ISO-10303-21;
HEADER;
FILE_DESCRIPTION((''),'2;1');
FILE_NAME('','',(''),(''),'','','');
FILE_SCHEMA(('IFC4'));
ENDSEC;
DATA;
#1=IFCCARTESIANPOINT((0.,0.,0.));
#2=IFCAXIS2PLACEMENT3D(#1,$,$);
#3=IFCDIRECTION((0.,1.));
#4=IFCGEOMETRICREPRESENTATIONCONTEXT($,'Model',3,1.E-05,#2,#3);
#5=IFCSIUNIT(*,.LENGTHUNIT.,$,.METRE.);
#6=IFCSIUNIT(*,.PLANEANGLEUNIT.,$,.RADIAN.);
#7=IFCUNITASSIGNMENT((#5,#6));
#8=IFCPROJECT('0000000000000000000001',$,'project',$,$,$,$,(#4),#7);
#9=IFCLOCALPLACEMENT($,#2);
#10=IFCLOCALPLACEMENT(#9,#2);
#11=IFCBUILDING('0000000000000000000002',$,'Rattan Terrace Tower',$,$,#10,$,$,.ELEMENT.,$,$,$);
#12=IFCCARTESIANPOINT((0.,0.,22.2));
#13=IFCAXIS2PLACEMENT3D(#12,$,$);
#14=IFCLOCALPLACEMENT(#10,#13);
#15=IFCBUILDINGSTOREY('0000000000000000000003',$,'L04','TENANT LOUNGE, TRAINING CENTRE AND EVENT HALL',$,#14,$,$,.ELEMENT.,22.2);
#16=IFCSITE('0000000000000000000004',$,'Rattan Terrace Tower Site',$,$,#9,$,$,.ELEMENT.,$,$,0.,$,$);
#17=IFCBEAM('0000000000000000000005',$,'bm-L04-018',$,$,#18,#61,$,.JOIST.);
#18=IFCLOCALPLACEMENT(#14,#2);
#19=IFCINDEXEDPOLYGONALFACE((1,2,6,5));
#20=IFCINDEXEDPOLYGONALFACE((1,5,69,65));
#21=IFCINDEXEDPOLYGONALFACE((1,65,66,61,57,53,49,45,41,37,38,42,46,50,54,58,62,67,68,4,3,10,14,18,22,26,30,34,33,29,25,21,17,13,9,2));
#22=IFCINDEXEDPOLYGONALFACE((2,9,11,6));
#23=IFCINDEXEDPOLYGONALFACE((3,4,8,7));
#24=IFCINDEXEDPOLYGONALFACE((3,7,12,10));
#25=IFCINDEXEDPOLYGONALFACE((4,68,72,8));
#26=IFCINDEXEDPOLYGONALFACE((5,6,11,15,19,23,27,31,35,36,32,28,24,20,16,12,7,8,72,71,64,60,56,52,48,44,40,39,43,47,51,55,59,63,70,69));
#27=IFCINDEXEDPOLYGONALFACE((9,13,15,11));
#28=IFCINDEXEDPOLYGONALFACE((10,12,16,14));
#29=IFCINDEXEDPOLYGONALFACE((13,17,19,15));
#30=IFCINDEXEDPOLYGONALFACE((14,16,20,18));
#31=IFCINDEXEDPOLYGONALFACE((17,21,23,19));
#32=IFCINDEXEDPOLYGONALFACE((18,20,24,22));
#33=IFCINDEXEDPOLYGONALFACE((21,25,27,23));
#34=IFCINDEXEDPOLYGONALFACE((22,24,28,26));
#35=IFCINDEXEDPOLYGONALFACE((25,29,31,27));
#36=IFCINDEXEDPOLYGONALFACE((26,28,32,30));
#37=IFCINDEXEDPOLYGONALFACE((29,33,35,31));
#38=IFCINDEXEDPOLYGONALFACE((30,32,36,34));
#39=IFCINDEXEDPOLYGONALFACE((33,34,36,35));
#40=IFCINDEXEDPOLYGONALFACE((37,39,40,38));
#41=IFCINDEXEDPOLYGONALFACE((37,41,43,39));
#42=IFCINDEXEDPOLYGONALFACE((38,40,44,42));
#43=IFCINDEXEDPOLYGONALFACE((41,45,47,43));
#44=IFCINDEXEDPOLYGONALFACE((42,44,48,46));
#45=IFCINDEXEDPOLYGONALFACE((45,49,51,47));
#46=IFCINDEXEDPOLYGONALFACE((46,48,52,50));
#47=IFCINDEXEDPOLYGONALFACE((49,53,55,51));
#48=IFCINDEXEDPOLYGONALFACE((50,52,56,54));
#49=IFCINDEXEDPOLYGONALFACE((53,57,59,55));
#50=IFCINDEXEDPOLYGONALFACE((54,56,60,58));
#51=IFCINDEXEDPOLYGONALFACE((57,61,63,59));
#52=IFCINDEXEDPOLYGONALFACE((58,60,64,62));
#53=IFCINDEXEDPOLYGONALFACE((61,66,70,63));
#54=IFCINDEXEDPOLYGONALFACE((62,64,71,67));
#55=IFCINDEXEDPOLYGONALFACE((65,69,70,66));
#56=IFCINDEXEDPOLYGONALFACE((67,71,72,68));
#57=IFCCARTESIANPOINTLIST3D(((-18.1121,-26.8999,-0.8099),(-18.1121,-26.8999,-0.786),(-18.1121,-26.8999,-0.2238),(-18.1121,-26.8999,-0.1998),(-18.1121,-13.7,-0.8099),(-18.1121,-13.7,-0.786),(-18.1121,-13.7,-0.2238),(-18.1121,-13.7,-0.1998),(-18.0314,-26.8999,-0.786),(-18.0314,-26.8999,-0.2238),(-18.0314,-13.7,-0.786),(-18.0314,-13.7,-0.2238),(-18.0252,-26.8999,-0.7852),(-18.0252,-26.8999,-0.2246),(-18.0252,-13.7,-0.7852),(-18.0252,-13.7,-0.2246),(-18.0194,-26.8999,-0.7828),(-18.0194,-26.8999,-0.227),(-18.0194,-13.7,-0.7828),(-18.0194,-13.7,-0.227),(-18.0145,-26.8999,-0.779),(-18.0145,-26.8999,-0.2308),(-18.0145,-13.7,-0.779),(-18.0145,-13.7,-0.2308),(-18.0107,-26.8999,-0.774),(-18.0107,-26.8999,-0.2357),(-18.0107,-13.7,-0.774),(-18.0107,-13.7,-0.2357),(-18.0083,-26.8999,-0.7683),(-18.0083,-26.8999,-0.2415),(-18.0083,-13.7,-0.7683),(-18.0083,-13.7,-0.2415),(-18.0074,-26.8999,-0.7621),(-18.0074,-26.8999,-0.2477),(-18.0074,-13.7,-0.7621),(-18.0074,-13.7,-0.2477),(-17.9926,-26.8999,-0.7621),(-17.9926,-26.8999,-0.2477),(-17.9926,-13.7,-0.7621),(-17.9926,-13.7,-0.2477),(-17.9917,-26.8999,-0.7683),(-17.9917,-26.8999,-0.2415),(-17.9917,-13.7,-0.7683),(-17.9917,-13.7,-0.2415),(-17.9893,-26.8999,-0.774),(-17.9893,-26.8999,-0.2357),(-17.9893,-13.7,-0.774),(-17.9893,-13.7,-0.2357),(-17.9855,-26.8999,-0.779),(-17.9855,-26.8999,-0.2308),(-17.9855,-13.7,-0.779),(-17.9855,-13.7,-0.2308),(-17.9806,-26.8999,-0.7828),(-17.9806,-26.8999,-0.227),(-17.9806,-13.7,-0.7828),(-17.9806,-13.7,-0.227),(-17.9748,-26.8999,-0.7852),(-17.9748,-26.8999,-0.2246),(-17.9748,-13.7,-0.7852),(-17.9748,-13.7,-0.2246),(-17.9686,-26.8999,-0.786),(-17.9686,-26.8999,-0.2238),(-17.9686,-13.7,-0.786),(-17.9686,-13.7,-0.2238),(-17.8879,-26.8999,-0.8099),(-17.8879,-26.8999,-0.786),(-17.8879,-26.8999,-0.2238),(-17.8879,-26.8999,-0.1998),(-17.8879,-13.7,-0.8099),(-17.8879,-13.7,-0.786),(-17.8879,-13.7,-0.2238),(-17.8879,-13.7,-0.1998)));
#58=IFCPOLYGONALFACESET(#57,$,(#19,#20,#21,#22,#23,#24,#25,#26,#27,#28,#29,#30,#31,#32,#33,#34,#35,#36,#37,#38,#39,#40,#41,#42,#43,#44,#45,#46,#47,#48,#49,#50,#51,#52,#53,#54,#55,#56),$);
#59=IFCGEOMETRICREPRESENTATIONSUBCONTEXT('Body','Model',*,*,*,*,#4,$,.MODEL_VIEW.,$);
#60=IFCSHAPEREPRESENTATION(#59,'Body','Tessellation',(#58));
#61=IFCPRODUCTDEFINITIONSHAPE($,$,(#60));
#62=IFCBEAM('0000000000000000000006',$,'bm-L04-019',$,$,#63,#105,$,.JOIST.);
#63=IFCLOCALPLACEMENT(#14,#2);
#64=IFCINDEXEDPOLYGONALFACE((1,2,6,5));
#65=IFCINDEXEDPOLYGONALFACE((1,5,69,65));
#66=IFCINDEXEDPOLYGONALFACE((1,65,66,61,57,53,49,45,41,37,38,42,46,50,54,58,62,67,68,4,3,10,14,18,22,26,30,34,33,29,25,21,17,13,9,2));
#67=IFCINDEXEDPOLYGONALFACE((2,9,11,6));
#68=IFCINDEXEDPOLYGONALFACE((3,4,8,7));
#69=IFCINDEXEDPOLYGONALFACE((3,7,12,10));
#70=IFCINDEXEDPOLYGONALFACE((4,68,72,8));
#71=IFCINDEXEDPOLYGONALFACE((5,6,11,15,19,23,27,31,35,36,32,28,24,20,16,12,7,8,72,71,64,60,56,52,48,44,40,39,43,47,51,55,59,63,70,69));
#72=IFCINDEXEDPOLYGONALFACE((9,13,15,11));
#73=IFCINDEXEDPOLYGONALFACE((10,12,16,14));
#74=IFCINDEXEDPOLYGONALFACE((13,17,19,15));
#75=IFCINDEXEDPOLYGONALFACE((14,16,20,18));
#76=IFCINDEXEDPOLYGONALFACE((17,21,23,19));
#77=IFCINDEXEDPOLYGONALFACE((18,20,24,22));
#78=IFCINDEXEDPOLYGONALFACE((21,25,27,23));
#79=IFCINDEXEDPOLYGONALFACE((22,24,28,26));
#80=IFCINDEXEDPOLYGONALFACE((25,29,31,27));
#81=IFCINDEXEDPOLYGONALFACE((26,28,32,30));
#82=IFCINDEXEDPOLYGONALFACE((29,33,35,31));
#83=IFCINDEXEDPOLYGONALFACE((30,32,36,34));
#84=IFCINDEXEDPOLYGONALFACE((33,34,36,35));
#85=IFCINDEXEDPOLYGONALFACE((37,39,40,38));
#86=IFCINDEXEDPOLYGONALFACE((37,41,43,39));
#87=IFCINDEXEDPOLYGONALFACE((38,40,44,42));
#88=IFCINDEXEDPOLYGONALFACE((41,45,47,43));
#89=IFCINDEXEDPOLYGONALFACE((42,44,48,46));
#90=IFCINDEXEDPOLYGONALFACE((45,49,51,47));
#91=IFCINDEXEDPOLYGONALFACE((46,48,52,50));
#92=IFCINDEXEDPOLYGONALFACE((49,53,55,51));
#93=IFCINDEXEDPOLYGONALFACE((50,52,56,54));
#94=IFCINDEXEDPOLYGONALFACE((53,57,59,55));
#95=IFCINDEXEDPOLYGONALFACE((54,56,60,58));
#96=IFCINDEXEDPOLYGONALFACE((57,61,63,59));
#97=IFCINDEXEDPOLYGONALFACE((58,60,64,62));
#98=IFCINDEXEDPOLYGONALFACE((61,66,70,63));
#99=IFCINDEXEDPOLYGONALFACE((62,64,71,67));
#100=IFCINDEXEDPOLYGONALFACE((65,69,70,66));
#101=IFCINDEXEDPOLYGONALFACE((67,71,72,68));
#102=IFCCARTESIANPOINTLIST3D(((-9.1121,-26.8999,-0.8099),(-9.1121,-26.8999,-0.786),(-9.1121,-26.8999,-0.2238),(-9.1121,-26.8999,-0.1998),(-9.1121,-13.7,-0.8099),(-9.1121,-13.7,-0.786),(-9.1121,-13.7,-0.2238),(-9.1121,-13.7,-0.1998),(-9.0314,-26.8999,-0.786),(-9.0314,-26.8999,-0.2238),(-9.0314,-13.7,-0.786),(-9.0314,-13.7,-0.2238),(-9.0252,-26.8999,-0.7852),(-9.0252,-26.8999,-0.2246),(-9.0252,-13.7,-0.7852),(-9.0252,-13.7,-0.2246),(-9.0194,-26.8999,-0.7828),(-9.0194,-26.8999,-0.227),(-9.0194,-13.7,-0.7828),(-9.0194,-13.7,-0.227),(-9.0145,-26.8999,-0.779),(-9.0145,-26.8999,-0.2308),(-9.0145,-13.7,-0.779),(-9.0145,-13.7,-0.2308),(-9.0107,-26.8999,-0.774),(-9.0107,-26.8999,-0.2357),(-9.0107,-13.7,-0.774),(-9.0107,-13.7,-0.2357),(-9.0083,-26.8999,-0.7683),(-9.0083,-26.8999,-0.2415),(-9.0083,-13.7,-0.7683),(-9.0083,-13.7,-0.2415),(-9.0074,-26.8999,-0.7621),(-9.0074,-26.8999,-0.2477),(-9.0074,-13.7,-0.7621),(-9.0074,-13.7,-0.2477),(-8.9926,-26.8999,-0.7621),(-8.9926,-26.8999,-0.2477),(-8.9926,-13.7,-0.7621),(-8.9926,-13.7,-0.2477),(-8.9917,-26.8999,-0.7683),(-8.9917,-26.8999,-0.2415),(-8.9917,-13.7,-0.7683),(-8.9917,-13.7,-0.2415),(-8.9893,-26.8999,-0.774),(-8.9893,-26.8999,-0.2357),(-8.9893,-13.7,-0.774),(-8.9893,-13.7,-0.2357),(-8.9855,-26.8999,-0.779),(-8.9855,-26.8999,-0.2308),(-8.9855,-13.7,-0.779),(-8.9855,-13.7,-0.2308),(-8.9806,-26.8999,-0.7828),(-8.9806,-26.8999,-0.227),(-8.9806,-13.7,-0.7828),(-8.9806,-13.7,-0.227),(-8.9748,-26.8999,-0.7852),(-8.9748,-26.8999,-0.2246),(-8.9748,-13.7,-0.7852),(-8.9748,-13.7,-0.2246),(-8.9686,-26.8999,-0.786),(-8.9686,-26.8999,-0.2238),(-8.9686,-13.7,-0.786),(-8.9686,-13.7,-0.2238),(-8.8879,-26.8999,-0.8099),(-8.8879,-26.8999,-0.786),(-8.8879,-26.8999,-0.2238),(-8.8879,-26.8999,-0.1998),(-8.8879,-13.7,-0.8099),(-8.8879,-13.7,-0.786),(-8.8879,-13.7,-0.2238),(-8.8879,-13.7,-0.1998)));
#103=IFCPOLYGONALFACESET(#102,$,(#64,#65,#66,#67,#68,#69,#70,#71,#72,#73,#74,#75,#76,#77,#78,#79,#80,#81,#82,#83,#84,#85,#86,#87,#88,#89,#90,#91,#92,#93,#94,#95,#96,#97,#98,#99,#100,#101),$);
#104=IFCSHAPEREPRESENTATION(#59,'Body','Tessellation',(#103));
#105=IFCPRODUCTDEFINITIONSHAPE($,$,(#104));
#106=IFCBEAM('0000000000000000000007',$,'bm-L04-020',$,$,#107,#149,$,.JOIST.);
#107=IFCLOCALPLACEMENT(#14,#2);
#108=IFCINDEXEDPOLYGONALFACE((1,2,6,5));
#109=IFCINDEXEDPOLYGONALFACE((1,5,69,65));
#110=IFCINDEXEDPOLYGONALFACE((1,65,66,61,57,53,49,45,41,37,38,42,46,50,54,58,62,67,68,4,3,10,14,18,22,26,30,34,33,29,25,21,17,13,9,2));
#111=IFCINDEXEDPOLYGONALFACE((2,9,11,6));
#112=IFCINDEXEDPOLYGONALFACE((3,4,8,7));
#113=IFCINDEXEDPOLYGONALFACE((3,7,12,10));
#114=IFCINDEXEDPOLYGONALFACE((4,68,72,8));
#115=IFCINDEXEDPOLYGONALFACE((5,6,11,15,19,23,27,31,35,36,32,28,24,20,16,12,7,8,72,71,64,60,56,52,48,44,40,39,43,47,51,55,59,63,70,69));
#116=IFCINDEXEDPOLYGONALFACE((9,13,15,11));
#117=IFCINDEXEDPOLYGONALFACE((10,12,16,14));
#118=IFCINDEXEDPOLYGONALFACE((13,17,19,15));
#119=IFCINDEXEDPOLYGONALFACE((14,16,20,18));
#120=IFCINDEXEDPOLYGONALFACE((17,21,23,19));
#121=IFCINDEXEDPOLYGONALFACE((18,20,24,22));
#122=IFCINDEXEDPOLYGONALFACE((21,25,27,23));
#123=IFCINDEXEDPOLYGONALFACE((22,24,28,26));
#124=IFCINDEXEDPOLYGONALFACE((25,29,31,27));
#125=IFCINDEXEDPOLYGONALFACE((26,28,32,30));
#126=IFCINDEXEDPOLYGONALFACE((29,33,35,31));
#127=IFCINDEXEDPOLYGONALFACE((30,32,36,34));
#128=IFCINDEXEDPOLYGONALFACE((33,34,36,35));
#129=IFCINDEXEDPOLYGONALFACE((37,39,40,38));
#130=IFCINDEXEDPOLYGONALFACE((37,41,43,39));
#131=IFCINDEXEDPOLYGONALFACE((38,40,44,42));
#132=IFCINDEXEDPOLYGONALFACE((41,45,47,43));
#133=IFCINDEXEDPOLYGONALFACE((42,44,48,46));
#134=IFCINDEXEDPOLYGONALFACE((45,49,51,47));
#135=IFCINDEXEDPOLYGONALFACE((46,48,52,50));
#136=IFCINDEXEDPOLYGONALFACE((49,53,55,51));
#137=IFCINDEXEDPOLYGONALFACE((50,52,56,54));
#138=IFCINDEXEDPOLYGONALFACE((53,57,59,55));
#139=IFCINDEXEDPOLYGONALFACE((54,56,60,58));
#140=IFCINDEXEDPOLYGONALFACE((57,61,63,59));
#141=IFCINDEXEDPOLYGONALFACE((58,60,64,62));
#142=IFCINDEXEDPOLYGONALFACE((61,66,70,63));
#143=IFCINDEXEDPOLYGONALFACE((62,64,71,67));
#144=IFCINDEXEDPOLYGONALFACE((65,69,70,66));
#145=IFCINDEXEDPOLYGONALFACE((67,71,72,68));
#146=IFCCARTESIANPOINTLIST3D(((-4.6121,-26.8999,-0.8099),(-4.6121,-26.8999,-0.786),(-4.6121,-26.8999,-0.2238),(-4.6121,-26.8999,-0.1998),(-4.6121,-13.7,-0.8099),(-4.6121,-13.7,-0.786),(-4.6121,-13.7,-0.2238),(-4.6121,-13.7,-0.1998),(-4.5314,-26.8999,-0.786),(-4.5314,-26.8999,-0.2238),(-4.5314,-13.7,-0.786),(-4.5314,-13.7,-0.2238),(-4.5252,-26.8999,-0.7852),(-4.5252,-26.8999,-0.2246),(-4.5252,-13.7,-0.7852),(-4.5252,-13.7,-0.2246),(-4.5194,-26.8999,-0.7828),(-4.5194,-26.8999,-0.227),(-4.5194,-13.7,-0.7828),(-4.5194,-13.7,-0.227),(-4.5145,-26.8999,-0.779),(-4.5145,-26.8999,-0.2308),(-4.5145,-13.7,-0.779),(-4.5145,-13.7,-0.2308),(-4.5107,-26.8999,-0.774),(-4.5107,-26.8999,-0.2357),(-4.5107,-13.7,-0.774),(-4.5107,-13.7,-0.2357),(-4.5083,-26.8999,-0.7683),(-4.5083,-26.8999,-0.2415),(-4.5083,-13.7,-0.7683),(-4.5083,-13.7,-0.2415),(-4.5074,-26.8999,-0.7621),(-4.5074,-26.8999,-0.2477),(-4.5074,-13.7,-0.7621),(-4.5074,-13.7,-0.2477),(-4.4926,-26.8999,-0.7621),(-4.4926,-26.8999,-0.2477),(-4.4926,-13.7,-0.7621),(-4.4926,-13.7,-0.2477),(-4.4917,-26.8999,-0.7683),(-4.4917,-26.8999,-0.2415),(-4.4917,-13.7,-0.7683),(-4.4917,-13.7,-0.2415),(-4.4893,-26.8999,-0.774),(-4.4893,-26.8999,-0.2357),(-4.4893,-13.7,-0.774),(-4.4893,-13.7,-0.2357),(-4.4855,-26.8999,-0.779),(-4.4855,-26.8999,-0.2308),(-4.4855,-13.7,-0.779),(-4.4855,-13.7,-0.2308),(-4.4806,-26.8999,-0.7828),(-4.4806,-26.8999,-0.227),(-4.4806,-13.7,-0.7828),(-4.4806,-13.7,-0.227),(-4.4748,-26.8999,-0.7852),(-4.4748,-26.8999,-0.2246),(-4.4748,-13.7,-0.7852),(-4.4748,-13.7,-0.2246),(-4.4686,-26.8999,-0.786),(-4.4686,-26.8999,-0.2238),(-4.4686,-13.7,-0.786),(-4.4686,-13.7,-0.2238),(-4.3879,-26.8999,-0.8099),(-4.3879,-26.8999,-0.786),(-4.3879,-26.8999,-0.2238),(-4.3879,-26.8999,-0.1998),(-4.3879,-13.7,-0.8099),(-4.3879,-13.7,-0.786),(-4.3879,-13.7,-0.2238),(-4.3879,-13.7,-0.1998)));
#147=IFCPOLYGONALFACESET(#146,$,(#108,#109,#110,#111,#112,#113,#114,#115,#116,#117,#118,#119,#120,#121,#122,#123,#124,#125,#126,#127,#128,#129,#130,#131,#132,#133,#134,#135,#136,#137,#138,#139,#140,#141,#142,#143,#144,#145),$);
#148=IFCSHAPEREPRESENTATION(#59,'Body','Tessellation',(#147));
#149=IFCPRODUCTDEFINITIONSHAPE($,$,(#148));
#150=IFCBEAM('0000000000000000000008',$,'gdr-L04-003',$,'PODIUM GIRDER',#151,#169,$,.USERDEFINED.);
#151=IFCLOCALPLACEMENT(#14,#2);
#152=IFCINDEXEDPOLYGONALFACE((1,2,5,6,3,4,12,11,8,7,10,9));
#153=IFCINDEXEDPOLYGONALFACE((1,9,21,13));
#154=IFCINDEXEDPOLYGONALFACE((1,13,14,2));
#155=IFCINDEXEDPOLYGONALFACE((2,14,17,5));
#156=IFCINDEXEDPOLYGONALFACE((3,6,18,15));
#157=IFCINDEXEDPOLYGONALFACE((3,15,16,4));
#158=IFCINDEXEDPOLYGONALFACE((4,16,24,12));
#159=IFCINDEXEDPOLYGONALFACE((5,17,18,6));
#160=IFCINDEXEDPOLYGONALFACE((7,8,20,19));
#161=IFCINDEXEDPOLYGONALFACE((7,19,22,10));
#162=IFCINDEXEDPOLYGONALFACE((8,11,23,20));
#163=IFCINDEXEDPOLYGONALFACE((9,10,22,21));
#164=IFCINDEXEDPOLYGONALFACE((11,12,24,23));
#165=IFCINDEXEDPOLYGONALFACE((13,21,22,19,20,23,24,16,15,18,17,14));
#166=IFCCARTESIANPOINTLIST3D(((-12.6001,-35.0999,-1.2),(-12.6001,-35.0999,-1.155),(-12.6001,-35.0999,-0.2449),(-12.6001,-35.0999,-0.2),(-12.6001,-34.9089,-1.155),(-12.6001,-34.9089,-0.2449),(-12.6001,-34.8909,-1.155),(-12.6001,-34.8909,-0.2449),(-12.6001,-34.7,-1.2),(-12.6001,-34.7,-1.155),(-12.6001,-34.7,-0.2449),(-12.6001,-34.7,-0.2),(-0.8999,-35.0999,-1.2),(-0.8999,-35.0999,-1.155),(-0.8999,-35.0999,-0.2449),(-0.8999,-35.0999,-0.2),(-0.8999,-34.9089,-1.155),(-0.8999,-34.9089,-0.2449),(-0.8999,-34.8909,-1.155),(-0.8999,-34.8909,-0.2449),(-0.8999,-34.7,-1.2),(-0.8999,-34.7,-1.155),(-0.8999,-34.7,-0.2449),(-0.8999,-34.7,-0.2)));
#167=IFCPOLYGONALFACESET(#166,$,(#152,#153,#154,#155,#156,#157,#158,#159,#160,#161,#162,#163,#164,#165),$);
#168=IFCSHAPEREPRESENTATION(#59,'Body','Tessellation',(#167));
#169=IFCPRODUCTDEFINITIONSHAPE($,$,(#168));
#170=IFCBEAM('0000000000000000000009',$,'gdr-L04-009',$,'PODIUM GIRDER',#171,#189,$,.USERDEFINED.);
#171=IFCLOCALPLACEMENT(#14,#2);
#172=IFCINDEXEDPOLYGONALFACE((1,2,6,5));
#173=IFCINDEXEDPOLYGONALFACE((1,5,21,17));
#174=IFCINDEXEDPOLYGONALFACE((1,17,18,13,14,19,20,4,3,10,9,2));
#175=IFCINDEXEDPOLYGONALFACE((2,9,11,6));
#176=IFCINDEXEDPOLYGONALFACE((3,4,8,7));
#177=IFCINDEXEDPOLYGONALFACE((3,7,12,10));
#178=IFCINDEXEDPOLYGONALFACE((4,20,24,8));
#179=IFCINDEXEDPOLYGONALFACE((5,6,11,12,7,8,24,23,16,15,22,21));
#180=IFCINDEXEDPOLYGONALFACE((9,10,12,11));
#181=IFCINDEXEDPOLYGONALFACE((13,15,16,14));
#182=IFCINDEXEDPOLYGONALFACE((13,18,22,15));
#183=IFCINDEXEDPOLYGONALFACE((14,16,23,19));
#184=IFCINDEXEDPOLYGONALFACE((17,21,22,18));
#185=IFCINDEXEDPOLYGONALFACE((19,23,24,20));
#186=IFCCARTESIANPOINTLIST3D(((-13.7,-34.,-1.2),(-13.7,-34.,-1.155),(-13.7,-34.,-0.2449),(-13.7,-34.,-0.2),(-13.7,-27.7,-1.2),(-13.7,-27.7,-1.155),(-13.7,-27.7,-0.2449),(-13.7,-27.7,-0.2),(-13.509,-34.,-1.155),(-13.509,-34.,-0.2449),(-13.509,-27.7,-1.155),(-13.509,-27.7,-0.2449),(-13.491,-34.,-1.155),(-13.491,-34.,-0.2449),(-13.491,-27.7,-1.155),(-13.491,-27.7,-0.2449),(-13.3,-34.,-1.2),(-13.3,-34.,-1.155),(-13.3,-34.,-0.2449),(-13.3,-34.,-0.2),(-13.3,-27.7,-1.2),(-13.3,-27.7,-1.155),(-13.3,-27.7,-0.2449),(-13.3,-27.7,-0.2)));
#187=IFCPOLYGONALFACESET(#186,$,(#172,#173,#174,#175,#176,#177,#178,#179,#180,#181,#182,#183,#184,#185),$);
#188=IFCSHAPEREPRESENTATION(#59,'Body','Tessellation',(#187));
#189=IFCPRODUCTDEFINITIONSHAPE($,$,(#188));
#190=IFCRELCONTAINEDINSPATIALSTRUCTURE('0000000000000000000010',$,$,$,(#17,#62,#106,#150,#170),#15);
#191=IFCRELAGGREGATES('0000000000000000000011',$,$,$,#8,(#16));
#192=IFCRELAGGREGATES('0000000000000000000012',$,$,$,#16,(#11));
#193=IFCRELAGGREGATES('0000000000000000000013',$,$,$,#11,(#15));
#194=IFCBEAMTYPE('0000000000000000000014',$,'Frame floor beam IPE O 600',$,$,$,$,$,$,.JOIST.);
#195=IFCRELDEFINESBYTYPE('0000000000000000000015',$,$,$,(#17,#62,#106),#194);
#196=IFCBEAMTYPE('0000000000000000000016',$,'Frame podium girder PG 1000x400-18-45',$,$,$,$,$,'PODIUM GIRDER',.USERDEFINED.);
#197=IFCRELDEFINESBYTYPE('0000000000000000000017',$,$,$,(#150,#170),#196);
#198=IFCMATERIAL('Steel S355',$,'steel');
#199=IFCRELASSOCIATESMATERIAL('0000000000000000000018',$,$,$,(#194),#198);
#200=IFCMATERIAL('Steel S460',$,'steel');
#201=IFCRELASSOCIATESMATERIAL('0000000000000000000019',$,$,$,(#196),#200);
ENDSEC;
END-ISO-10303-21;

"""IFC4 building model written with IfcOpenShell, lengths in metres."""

from ifc_helpers import new_model, si_unit, direction, frame, origin, origin_2d, place, context, subcontext, project, spatial, i_section, extrude, material, material_profile, profile_set, type_object, element, save


model = new_model("IFC4")

# Units and contexts
model_context = context("Model", 3, precision=1e-05, world=origin(), true_north=direction((0.0, 1.0)))
body_context = subcontext(model_context, "Body", "Model", "MODEL_VIEW")
ifc_project = project(units=[si_unit("LENGTHUNIT", "METRE"), si_unit("PLANEANGLEUNIT", "RADIAN")], contexts=[model_context])

# Site, building, storey
site_placement = place(None, origin())
site = spatial("IfcSite", under=ifc_project, at=site_placement, Name="Rattan Terrace Tower Site", CompositionType="ELEMENT", RefElevation=0.0)
building_placement = place(site_placement, origin())
building = spatial("IfcBuilding", under=site, at=building_placement, Name="Rattan Terrace Tower", CompositionType="ELEMENT")
storey_placement = place(building_placement, frame((0.0, 0.0, 22.2)))
storey = spatial("IfcBuildingStorey", under=building, at=storey_placement, Name="L04", Description="TENANT LOUNGE, TRAINING CENTRE AND EVENT HALL", CompositionType="ELEMENT", Elevation=22.2)

# Beams
ifc_material_1 = material(Name="Steel S355", Category="steel")
ifc_material_profile_1 = material_profile(ifc_material_1, i_section(OverallWidth=0.2241, OverallDepth=0.6101, WebThickness=0.0149, FlangeThickness=0.0239, FilletRadius=0.0239, at=origin_2d()), Name="IPE O 600")
ifc_profile_set_1 = profile_set([ifc_material_profile_1], Name="Steel S355")
beam_type_1 = type_object("IfcBeamType", Name="Frame floor beam IPE O 600", PredefinedType="JOIST", material=ifc_profile_set_1)
for number, where, z_axis, x_axis, name in (
    (1, (-18.0, -26.8999, -0.5049), (0.0, 1.0, 0.0), (-1.0, 0.0, 0.0), "bm-L04-018"),
    (2, (-9.0, -26.8999, -0.5049), (0.0, 1.0, 0.0), (-1.0, 0.0, 0.0), "bm-L04-019"),
    (3, (-4.5, -26.8999, -0.5049), (0.0, 1.0, 0.0), (-1.0, 0.0, 0.0), "bm-L04-020"),
):
    element("IfcBeam", number, at=place(storey_placement, frame(where, z_axis=z_axis, x_axis=x_axis)), inside=storey, type_object=beam_type_1, Name=name, PredefinedType="JOIST", context=body_context, shape_type="SweptSolid", body=[
        extrude(i_section(OverallWidth=0.2241, OverallDepth=0.6101, WebThickness=0.0149, FlangeThickness=0.0239, FilletRadius=0.0239, at=origin_2d()), origin(), (0.0, 0.0, 1.0), 13.2),
    ])
ifc_material_2 = material(Name="Steel S460", Category="steel")
ifc_material_profile_2 = material_profile(ifc_material_2, i_section(OverallWidth=0.3999, OverallDepth=1.0, WebThickness=0.0181, FlangeThickness=0.0449, at=origin_2d()), Name="PG 1000x400-18-45")
ifc_profile_set_2 = profile_set([ifc_material_profile_2], Name="Steel S460")
beam_type_2 = type_object("IfcBeamType", Name="Frame podium girder PG 1000x400-18-45", ElementType="PODIUM GIRDER", PredefinedType="USERDEFINED", material=ifc_profile_set_2)
beam_1_placement = place(storey_placement, frame((-12.6001, -34.8999, -0.7), z_axis=(1.0, 0.0, 0.0), x_axis=(0.0, 1.0, 0.0)))
element("IfcBeam", 4, at=beam_1_placement, inside=storey, type_object=beam_type_2, Name="gdr-L04-003", ObjectType="PODIUM GIRDER", PredefinedType="USERDEFINED", context=body_context, shape_type="SweptSolid", body=[
    extrude(i_section(OverallWidth=0.3999, OverallDepth=1.0, WebThickness=0.0181, FlangeThickness=0.0449, at=origin_2d()), origin(), (0.0, 0.0, 1.0), 11.7002),
])
for number, where, z_axis, x_axis, name in (
    (5, (-13.5, -34.0, -0.7), (0.0, 1.0, 0.0), (-1.0, 0.0, 0.0), "gdr-L04-009"),
):
    element("IfcBeam", number, at=place(storey_placement, frame(where, z_axis=z_axis, x_axis=x_axis)), inside=storey, type_object=beam_type_2, Name=name, ObjectType="PODIUM GIRDER", PredefinedType="USERDEFINED", context=body_context, shape_type="SweptSolid", body=[
        extrude(i_section(OverallWidth=0.3999, OverallDepth=1.0, WebThickness=0.0181, FlangeThickness=0.0449, at=origin_2d()), origin(), (0.0, 0.0, 1.0), 6.3),
    ])

save(model, "model.ifc")
